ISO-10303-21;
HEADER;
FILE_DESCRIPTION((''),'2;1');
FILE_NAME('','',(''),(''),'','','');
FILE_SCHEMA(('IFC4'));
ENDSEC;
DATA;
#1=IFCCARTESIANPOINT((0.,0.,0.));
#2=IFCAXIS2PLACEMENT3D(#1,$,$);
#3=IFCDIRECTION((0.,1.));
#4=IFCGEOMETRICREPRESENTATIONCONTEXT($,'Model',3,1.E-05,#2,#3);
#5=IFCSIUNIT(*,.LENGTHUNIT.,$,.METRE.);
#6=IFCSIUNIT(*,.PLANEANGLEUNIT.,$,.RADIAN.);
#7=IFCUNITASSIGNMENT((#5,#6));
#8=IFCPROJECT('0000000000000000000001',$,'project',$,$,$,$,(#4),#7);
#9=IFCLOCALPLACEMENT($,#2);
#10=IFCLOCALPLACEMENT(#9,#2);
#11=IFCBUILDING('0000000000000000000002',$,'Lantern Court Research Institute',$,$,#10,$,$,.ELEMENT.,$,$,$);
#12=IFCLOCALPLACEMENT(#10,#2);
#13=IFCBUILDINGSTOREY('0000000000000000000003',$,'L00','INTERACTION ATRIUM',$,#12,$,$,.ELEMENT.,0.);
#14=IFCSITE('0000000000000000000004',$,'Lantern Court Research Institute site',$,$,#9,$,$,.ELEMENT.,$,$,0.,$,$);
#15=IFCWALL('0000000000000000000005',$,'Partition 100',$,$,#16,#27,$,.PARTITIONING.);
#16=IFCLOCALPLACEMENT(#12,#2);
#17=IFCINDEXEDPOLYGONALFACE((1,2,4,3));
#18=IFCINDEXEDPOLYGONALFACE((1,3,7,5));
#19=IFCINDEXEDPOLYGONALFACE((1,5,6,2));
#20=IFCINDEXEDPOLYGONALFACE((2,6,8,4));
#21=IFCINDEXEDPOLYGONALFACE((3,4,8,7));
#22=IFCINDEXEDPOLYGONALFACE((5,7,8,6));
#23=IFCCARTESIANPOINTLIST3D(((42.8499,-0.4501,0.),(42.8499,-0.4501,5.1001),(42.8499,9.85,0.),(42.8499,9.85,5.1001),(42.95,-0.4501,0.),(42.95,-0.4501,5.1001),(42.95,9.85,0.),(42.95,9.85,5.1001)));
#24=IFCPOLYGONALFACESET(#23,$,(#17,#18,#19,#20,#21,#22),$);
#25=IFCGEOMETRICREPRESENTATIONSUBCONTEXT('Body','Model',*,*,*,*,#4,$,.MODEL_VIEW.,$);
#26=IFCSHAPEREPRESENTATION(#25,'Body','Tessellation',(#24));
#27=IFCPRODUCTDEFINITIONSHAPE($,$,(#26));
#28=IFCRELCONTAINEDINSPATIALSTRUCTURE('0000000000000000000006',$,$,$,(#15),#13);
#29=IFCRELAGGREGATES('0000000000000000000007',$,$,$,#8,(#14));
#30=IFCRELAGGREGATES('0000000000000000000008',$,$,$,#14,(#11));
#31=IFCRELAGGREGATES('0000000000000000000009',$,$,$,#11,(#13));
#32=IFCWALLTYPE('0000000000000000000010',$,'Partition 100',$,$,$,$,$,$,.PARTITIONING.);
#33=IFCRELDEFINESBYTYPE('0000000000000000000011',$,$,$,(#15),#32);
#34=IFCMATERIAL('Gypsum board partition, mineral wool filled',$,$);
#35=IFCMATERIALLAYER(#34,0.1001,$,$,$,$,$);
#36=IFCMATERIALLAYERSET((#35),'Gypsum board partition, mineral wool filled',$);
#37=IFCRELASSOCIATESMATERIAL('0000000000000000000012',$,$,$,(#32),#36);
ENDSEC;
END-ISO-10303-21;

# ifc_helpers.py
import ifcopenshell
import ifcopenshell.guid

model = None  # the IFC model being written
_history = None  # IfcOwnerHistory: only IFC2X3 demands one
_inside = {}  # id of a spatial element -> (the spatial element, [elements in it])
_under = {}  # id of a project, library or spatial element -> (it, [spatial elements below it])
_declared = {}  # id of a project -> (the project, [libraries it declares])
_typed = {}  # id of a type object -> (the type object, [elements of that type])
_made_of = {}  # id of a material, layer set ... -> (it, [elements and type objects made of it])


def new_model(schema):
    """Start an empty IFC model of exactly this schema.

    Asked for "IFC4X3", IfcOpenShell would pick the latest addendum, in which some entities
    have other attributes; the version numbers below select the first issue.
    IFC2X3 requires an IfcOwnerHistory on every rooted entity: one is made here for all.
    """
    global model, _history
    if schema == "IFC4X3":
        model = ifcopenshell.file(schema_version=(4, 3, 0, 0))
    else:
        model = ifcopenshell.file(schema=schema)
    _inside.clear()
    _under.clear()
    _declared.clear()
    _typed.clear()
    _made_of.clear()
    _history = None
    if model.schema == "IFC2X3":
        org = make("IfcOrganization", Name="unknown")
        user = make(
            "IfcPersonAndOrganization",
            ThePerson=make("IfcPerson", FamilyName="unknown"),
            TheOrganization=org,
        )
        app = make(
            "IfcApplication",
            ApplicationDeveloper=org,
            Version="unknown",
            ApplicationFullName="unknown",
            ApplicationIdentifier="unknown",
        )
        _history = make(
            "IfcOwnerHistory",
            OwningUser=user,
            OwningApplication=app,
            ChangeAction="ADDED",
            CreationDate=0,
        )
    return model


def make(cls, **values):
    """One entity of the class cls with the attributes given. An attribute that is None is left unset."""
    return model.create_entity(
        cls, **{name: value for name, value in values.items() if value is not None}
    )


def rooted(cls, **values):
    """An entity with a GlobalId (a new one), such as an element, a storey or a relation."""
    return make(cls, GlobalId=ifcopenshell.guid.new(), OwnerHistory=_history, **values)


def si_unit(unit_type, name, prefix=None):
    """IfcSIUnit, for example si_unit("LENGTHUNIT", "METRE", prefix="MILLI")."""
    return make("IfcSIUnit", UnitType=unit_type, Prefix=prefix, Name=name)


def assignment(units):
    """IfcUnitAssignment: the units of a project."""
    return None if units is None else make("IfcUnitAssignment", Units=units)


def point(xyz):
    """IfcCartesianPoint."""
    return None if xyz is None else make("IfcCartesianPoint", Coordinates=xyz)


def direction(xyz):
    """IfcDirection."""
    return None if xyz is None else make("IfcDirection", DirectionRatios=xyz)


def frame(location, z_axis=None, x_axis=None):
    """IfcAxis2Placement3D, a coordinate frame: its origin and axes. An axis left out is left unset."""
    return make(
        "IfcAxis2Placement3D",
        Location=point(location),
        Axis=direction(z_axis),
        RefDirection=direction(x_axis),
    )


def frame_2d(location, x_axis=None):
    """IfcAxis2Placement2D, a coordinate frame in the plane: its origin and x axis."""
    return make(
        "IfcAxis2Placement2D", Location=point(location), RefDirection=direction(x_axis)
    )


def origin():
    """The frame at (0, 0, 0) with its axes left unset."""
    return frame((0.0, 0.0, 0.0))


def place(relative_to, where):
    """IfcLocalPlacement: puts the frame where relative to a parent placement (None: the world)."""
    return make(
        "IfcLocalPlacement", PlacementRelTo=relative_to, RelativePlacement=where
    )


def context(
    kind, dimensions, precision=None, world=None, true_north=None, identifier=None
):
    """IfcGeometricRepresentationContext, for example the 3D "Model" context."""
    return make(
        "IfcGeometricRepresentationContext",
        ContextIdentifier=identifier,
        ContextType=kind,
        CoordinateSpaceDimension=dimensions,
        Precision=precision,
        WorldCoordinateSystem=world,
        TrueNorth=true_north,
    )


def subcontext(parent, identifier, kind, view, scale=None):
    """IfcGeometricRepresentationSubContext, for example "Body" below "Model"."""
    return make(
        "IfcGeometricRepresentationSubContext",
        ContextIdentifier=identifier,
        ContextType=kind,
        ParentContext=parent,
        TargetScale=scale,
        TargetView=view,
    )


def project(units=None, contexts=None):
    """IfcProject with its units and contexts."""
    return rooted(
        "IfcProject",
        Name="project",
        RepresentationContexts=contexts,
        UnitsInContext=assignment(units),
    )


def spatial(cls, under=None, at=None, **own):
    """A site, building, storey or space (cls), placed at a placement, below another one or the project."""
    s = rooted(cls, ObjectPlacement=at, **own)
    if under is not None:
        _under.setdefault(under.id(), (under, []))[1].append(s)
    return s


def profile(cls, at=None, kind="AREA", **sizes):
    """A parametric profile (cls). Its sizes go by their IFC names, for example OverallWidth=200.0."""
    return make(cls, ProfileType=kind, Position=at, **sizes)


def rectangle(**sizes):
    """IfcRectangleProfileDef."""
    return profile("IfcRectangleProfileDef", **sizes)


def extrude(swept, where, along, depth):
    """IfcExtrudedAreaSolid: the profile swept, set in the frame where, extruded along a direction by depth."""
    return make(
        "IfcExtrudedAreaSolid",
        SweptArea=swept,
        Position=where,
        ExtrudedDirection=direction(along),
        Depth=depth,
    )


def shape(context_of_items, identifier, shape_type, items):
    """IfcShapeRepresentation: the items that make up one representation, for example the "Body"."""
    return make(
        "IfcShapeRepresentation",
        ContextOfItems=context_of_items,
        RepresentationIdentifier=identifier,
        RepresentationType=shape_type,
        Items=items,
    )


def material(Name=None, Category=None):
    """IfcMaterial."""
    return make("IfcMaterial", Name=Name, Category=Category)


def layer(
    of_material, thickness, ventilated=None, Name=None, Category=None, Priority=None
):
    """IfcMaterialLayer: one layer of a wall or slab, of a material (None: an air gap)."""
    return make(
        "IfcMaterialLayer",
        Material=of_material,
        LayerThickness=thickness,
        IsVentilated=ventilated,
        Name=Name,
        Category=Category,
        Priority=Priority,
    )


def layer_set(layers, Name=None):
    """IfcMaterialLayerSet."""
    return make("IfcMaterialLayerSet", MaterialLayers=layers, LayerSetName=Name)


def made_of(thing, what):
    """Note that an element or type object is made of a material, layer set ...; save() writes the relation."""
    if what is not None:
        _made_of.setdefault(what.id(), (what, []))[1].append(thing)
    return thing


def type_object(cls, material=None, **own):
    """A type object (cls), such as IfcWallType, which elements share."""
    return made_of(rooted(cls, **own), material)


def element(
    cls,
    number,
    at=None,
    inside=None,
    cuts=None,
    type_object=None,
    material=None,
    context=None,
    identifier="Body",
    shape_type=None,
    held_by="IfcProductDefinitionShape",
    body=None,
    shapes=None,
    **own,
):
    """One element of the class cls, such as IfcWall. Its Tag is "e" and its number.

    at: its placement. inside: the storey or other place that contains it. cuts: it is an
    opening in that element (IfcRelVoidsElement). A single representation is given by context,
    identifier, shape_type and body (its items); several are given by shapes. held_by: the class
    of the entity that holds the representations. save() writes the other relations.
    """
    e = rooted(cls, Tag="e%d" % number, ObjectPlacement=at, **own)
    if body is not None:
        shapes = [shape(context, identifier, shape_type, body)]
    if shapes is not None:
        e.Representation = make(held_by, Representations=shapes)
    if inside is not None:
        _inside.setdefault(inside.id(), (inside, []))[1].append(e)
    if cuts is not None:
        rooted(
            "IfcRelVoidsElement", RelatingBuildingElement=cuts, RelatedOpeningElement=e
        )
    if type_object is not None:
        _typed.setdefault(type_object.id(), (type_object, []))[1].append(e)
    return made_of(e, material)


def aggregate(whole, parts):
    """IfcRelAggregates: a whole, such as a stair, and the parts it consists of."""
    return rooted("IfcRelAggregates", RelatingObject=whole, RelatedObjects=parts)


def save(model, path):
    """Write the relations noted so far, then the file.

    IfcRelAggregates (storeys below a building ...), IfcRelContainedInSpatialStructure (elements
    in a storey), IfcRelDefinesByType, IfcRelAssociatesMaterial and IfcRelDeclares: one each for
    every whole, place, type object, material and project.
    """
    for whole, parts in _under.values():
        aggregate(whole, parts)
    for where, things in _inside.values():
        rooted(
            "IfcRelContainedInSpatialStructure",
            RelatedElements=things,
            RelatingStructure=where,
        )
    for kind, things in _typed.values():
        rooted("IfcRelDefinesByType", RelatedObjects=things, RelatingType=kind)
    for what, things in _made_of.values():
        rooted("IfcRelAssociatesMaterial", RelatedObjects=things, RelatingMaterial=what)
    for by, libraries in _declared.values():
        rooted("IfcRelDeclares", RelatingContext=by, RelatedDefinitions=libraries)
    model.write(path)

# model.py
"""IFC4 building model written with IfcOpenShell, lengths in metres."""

from ifc_helpers import new_model, si_unit, direction, frame, frame_2d, origin, place, context, subcontext, project, spatial, rectangle, extrude, material, layer, layer_set, type_object, element, save


model = new_model("IFC4")

# Units and contexts
model_context = context("Model", 3, precision=1e-05, world=origin(), true_north=direction((0.0, 1.0)))
body_context = subcontext(model_context, "Body", "Model", "MODEL_VIEW")
ifc_project = project(units=[si_unit("LENGTHUNIT", "METRE"), si_unit("PLANEANGLEUNIT", "RADIAN")], contexts=[model_context])

# Site, building, storey
site_placement = place(None, origin())
site = spatial("IfcSite", under=ifc_project, at=site_placement, Name="Lantern Court Research Institute site", CompositionType="ELEMENT", RefElevation=0.0)
building_placement = place(site_placement, origin())
building = spatial("IfcBuilding", under=site, at=building_placement, Name="Lantern Court Research Institute", CompositionType="ELEMENT")
storey_placement = place(building_placement, origin())
storey = spatial("IfcBuildingStorey", under=building, at=storey_placement, Name="L00", Description="INTERACTION ATRIUM", CompositionType="ELEMENT", Elevation=0.0)

# Wall
ifc_material_1 = material(Name="Gypsum board partition, mineral wool filled")
ifc_layer = layer(ifc_material_1, 0.1001)
ifc_layer_set = layer_set([ifc_layer], Name="Gypsum board partition, mineral wool filled")
wall_type = type_object("IfcWallType", Name="Partition 100", PredefinedType="PARTITIONING", material=ifc_layer_set)
wall_1_placement = place(storey_placement, frame((42.8999, -0.45, 0.0), z_axis=(0.0, 0.0, 1.0), x_axis=(0.0, 1.0, 0.0)))
element("IfcWall", 1, at=wall_1_placement, inside=storey, type_object=wall_type, Name="Partition 100", PredefinedType="PARTITIONING", context=body_context, shape_type="SweptSolid", body=[
    extrude(rectangle(XDim=10.3, YDim=0.1001, at=frame_2d((5.1499, 0.0))), origin(), (0.0, 0.0, 1.0), 5.1001),
])

save(model, "model.ifc")
